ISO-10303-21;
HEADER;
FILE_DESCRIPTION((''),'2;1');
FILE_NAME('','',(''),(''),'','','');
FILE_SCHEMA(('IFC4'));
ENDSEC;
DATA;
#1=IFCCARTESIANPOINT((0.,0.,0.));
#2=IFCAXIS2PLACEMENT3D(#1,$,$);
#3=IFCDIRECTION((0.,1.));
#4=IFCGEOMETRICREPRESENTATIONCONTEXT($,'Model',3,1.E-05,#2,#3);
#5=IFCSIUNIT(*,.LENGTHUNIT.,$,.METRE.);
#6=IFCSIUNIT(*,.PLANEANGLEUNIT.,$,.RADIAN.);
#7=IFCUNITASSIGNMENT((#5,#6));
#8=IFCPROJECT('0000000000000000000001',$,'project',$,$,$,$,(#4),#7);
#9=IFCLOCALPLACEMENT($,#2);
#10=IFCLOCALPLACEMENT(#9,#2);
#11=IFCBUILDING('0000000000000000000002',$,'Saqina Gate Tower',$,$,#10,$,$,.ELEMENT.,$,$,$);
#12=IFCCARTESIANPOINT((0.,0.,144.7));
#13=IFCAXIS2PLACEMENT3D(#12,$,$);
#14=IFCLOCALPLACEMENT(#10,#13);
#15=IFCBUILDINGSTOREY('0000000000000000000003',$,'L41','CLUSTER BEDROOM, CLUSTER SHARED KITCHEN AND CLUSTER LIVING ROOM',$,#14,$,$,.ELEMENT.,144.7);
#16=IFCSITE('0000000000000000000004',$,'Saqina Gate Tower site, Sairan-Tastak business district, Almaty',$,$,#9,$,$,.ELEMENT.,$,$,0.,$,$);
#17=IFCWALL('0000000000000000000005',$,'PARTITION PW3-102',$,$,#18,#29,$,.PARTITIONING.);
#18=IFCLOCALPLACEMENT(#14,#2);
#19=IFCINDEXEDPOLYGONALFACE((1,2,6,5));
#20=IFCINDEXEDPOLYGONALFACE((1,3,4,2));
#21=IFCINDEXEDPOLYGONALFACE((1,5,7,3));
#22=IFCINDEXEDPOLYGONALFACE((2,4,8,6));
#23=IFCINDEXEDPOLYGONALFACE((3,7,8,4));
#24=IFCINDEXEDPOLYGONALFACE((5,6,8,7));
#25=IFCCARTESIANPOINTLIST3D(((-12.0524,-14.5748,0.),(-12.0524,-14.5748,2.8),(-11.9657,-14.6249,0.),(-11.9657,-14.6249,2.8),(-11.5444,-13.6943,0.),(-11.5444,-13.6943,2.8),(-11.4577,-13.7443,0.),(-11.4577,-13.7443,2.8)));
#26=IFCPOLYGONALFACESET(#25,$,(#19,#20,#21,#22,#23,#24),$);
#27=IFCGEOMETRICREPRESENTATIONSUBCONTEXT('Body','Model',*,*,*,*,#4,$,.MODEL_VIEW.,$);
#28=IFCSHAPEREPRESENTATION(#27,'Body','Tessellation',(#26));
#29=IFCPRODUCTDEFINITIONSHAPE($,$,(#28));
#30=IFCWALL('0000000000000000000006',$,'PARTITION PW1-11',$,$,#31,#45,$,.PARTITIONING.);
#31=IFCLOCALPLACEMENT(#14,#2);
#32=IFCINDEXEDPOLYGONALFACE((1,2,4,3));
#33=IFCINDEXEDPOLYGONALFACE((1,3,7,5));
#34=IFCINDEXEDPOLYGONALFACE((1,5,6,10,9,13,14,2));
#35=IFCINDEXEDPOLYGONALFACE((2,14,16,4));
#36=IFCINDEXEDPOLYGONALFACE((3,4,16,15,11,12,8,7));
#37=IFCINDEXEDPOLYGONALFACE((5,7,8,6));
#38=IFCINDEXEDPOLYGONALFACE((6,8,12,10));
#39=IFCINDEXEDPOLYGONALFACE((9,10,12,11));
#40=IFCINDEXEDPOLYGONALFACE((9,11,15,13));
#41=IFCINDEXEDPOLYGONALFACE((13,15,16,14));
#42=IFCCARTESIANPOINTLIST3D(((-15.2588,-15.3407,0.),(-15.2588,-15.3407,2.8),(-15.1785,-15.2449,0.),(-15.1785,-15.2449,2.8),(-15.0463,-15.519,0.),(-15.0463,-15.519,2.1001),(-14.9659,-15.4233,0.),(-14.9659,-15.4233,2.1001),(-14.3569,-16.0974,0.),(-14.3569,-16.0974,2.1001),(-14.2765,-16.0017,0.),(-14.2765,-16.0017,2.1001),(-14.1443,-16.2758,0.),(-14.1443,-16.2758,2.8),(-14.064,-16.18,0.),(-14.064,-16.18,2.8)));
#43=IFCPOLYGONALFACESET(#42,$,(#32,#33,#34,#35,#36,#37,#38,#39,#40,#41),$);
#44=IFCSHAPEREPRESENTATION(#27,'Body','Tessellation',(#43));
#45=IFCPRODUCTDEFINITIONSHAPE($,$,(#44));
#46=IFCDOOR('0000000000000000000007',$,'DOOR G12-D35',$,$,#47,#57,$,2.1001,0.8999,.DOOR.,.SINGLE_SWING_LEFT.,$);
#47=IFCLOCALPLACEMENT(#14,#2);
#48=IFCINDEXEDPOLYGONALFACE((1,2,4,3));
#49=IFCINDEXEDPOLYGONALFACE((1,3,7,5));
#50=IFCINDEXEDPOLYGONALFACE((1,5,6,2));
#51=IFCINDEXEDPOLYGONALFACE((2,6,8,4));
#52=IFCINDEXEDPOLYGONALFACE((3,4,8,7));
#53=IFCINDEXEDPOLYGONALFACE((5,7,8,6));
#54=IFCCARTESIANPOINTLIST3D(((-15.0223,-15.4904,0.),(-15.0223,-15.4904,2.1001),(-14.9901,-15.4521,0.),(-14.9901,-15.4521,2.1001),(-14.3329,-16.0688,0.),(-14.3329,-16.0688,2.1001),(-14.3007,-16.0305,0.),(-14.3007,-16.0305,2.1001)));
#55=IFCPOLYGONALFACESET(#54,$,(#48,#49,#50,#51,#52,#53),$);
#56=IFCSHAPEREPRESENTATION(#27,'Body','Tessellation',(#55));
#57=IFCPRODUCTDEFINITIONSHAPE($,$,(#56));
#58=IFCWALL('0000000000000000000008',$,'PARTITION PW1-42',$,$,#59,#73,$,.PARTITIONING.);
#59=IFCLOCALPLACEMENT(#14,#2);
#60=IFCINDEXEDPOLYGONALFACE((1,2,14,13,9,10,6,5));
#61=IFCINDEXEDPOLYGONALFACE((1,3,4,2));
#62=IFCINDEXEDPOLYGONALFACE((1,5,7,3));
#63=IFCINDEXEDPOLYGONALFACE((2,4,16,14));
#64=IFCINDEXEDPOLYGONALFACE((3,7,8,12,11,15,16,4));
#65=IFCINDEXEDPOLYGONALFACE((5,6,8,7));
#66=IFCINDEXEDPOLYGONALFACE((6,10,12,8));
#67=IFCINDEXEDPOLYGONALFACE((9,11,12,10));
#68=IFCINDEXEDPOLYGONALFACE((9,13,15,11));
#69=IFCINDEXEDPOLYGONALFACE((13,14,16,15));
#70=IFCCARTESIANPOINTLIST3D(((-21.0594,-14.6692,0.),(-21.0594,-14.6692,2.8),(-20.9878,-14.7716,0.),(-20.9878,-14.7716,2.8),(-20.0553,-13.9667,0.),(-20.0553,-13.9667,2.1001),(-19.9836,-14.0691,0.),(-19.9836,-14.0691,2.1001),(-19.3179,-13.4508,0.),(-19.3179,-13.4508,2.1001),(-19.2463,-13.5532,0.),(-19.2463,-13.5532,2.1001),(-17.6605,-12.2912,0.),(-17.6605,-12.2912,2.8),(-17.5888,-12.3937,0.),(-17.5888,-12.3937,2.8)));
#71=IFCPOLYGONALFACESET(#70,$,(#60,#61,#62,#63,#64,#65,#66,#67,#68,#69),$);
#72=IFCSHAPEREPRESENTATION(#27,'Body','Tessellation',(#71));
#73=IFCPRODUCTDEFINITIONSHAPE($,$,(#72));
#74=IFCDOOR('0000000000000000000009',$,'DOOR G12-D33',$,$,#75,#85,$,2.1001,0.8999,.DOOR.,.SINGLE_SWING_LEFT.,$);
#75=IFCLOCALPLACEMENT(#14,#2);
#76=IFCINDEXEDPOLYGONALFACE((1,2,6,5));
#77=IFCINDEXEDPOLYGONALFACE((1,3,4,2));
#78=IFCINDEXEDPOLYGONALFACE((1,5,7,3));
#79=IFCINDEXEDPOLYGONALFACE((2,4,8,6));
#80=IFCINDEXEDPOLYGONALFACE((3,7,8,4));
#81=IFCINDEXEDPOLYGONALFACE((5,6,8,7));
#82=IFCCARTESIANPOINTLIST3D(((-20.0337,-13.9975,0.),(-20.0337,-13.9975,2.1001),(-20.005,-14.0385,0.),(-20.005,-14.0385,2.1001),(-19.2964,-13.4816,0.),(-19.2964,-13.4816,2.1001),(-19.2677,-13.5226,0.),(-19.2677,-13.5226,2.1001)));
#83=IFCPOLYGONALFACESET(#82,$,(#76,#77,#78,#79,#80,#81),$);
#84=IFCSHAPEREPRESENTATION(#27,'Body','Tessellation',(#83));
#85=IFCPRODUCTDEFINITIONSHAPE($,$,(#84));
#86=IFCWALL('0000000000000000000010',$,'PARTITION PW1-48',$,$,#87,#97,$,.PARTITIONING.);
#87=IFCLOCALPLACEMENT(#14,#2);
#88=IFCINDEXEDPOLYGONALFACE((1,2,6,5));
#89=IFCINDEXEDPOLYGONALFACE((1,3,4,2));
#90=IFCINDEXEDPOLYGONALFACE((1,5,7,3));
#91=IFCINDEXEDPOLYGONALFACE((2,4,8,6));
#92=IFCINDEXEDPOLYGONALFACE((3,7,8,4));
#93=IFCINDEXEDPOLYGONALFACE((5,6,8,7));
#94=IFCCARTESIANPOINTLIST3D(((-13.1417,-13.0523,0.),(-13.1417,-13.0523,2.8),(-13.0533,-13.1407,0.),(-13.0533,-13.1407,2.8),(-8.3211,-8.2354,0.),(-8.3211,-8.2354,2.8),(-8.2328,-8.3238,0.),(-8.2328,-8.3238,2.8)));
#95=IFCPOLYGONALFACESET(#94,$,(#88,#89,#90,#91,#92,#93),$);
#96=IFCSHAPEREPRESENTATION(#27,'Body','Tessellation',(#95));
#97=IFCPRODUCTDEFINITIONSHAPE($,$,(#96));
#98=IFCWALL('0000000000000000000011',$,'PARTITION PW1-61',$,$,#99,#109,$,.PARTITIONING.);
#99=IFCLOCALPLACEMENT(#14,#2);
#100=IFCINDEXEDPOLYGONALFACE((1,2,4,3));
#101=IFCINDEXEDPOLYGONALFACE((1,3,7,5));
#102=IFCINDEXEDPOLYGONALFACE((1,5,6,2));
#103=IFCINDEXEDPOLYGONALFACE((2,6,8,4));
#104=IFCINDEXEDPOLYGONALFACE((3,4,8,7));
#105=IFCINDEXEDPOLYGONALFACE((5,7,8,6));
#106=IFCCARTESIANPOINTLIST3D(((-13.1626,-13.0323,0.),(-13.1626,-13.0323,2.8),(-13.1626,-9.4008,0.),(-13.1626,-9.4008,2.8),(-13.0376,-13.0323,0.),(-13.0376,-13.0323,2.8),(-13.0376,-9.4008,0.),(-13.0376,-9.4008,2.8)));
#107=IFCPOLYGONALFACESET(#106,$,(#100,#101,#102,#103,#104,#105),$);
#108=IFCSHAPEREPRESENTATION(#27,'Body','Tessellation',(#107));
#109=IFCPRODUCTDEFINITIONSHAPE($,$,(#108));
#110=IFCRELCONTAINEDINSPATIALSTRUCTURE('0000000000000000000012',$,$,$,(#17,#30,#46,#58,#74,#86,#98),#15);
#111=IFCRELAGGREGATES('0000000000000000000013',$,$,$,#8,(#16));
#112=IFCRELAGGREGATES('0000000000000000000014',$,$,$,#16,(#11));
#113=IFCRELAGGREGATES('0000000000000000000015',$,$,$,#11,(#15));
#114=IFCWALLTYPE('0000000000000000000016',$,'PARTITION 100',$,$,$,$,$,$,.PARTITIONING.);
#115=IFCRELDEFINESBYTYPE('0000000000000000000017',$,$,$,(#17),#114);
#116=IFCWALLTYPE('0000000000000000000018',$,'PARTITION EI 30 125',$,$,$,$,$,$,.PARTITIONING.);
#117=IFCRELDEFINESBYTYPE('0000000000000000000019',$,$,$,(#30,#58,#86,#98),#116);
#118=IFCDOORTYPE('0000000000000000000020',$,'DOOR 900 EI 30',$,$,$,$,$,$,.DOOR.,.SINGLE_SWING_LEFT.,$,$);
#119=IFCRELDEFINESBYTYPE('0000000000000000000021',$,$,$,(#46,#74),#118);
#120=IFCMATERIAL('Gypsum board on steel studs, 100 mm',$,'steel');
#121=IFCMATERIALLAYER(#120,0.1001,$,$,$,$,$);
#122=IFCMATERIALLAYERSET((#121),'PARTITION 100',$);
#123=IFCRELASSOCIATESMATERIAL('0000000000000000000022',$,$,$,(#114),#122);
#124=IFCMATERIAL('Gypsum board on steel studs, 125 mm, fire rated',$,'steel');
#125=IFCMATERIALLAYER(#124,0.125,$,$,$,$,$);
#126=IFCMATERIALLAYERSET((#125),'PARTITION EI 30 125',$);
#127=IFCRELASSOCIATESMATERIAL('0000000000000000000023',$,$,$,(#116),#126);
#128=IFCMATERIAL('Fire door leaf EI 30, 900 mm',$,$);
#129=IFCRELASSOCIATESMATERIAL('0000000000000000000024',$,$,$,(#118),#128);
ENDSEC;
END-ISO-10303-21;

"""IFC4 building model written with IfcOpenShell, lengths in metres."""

from ifc_helpers import new_model, si_unit, direction, frame, frame_2d, origin, place, context, subcontext, project, spatial, rectangle, extrude, material, layer, layer_set, type_object, element, fill, save


model = new_model("IFC4")

# Units and contexts
model_context = context("Model", 3, precision=1e-05, world=origin(), true_north=direction((0.0, 1.0)))
body_context = subcontext(model_context, "Body", "Model", "MODEL_VIEW")
ifc_project = project(units=[si_unit("LENGTHUNIT", "METRE"), si_unit("PLANEANGLEUNIT", "RADIAN")], contexts=[model_context])

# Site, building, storey
site_placement = place(None, origin())
site = spatial("IfcSite", under=ifc_project, at=site_placement, Name="Saqina Gate Tower site, Sairan-Tastak business district, Almaty", CompositionType="ELEMENT", RefElevation=0.0)
building_placement = place(site_placement, origin())
building = spatial("IfcBuilding", under=site, at=building_placement, Name="Saqina Gate Tower", CompositionType="ELEMENT")
storey_placement = place(building_placement, frame((0.0, 0.0, 144.7)))
storey = spatial("IfcBuildingStorey", under=building, at=storey_placement, Name="L41", Description="CLUSTER BEDROOM, CLUSTER SHARED KITCHEN AND CLUSTER LIVING ROOM", CompositionType="ELEMENT", Elevation=144.7)

# Shared definitions
ifc_material_1 = material(Name="Gypsum board on steel studs, 100 mm", Category="steel")
ifc_layer_1 = layer(ifc_material_1, 0.1001)
ifc_layer_set_1 = layer_set([ifc_layer_1], Name="PARTITION 100")
wall_type_1 = type_object("IfcWallType", Name="PARTITION 100", PredefinedType="PARTITIONING", material=ifc_layer_set_1)

# Wall
wall_1_placement = place(storey_placement, frame((-12.009, -14.5999, 0.0), z_axis=(0.0, 0.0, 1.0), x_axis=(0.499729, 0.866182, 0.0)))
element("IfcWall", 1, at=wall_1_placement, inside=storey, type_object=wall_type_1, Name="PARTITION PW3-102", PredefinedType="PARTITIONING", context=body_context, shape_type="SweptSolid", body=[
    extrude(rectangle(XDim=1.0166, YDim=0.1001, at=frame_2d((0.5083, 0.0))), origin(), (0.0, 0.0, 1.0), 2.8),
])

# Walls, openings, doors
ifc_material_2 = material(Name="Gypsum board on steel studs, 125 mm, fire rated", Category="steel")
ifc_layer_2 = layer(ifc_material_2, 0.125)
ifc_layer_set_2 = layer_set([ifc_layer_2], Name="PARTITION EI 30 125")
wall_type_2 = type_object("IfcWallType", Name="PARTITION EI 30 125", PredefinedType="PARTITIONING", material=ifc_layer_set_2)
wall_2_placement = place(storey_placement, frame((-15.2188, -15.2927, 0.0), z_axis=(0.0, 0.0, 1.0), x_axis=(0.766085, -0.642739, 0.0)))
wall_2 = element("IfcWall", 2, at=wall_2_placement, inside=storey, type_object=wall_type_2, Name="PARTITION PW1-11", PredefinedType="PARTITIONING", context=body_context, shape_type="SweptSolid", body=[
    extrude(rectangle(XDim=1.4548, YDim=0.125, at=frame_2d((0.7275, 0.0))), origin(), (0.0, 0.0, 1.0), 2.8),
])
opening_1_placement = place(wall_2_placement, frame((0.2776, 0.0, 0.0)))
opening_1 = element("IfcOpeningElement", 3, at=opening_1_placement, cuts=wall_2, PredefinedType="OPENING", context=body_context, shape_type="SweptSolid", body=[
    extrude(rectangle(XDim=0.8999, YDim=2.1001, at=frame_2d((0.45, 1.05))), frame((0.0, 0.0745, 0.0), z_axis=(0.0, -1.0, 0.0), x_axis=(1.0, 0.0, 0.0)), (0.0, 0.0, 1.0), 0.1489),
])
ifc_material_3 = material(Name="Fire door leaf EI 30, 900 mm")
door_type_1 = type_object("IfcDoorType", Name="DOOR 900 EI 30", OperationType="SINGLE_SWING_LEFT", PredefinedType="DOOR", material=ifc_material_3)
door_1_placement = place(opening_1_placement, origin())
door_1 = element("IfcDoor", 4, at=door_1_placement, inside=storey, type_object=door_type_1, Name="DOOR G12-D35", OperationType="SINGLE_SWING_LEFT", OverallHeight=2.1001, OverallWidth=0.8999, PredefinedType="DOOR", context=body_context, shape_type="SweptSolid", body=[
    extrude(rectangle(XDim=0.8999, YDim=2.1001, at=frame_2d((0.45, 1.05))), frame((0.0, 0.0249, 0.0), z_axis=(0.0, -1.0, 0.0), x_axis=(1.0, 0.0, 0.0)), (0.0, 0.0, 1.0), 0.05),
])
fill(opening_1, door_1)
wall_3_placement = place(storey_placement, frame((-21.0237, -14.7205, 0.0), z_axis=(0.0, 0.0, 1.0), x_axis=(0.819381, 0.573249, 0.0)))
wall_3 = element("IfcWall", 5, at=wall_3_placement, inside=storey, type_object=wall_type_2, Name="PARTITION PW1-42", PredefinedType="PARTITIONING", context=body_context, shape_type="SweptSolid", body=[
    extrude(rectangle(XDim=4.1482, YDim=0.125, at=frame_2d((2.0742, 0.0))), origin(), (0.0, 0.0, 1.0), 2.8),
])
opening_2_placement = place(wall_3_placement, frame((1.2256, 0.0, 0.0)))
opening_2 = element("IfcOpeningElement", 6, at=opening_2_placement, cuts=wall_3, PredefinedType="OPENING", context=body_context, shape_type="SweptSolid", body=[
    extrude(rectangle(XDim=0.8999, YDim=2.1001, at=frame_2d((0.45, 1.05))), frame((0.0, 0.0745, 0.0), z_axis=(0.0, -1.0, 0.0), x_axis=(1.0, 0.0, 0.0)), (0.0, 0.0, 1.0), 0.1489),
])
door_2_placement = place(opening_2_placement, origin())
door_2 = element("IfcDoor", 7, at=door_2_placement, inside=storey, type_object=door_type_1, Name="DOOR G12-D33", OperationType="SINGLE_SWING_LEFT", OverallHeight=2.1001, OverallWidth=0.8999, PredefinedType="DOOR", context=body_context, shape_type="SweptSolid", body=[
    extrude(rectangle(XDim=0.8999, YDim=2.1001, at=frame_2d((0.45, 1.05))), frame((0.0, 0.0249, 0.0), z_axis=(0.0, -1.0, 0.0), x_axis=(1.0, 0.0, 0.0)), (0.0, 0.0, 1.0), 0.05),
])
fill(opening_2, door_2)

# Walls
wall_4_placement = place(storey_placement, frame((-13.0974, -13.0964, 0.0), z_axis=(0.0, 0.0, 1.0), x_axis=(0.707375, 0.706838, 0.0)))
element("IfcWall", 8, at=wall_4_placement, inside=storey, type_object=wall_type_2, Name="PARTITION PW1-48", PredefinedType="PARTITIONING", context=body_context, shape_type="SweptSolid", body=[
    extrude(rectangle(XDim=6.8147, YDim=0.125, at=frame_2d((3.4072, 0.0))), origin(), (0.0, 0.0, 1.0), 2.8),
])
wall_5_placement = place(storey_placement, frame((-13.1001, -13.0325, 0.0), z_axis=(0.0, 0.0, 1.0), x_axis=(0.0, 1.0, 0.0)))
element("IfcWall", 9, at=wall_5_placement, inside=storey, type_object=wall_type_2, Name="PARTITION PW1-61", PredefinedType="PARTITIONING", context=body_context, shape_type="SweptSolid", body=[
    extrude(rectangle(XDim=3.6316, YDim=0.125, at=frame_2d((1.8159, 0.0))), origin(), (0.0, 0.0, 1.0), 2.8),
])

save(model, "model.ifc")
